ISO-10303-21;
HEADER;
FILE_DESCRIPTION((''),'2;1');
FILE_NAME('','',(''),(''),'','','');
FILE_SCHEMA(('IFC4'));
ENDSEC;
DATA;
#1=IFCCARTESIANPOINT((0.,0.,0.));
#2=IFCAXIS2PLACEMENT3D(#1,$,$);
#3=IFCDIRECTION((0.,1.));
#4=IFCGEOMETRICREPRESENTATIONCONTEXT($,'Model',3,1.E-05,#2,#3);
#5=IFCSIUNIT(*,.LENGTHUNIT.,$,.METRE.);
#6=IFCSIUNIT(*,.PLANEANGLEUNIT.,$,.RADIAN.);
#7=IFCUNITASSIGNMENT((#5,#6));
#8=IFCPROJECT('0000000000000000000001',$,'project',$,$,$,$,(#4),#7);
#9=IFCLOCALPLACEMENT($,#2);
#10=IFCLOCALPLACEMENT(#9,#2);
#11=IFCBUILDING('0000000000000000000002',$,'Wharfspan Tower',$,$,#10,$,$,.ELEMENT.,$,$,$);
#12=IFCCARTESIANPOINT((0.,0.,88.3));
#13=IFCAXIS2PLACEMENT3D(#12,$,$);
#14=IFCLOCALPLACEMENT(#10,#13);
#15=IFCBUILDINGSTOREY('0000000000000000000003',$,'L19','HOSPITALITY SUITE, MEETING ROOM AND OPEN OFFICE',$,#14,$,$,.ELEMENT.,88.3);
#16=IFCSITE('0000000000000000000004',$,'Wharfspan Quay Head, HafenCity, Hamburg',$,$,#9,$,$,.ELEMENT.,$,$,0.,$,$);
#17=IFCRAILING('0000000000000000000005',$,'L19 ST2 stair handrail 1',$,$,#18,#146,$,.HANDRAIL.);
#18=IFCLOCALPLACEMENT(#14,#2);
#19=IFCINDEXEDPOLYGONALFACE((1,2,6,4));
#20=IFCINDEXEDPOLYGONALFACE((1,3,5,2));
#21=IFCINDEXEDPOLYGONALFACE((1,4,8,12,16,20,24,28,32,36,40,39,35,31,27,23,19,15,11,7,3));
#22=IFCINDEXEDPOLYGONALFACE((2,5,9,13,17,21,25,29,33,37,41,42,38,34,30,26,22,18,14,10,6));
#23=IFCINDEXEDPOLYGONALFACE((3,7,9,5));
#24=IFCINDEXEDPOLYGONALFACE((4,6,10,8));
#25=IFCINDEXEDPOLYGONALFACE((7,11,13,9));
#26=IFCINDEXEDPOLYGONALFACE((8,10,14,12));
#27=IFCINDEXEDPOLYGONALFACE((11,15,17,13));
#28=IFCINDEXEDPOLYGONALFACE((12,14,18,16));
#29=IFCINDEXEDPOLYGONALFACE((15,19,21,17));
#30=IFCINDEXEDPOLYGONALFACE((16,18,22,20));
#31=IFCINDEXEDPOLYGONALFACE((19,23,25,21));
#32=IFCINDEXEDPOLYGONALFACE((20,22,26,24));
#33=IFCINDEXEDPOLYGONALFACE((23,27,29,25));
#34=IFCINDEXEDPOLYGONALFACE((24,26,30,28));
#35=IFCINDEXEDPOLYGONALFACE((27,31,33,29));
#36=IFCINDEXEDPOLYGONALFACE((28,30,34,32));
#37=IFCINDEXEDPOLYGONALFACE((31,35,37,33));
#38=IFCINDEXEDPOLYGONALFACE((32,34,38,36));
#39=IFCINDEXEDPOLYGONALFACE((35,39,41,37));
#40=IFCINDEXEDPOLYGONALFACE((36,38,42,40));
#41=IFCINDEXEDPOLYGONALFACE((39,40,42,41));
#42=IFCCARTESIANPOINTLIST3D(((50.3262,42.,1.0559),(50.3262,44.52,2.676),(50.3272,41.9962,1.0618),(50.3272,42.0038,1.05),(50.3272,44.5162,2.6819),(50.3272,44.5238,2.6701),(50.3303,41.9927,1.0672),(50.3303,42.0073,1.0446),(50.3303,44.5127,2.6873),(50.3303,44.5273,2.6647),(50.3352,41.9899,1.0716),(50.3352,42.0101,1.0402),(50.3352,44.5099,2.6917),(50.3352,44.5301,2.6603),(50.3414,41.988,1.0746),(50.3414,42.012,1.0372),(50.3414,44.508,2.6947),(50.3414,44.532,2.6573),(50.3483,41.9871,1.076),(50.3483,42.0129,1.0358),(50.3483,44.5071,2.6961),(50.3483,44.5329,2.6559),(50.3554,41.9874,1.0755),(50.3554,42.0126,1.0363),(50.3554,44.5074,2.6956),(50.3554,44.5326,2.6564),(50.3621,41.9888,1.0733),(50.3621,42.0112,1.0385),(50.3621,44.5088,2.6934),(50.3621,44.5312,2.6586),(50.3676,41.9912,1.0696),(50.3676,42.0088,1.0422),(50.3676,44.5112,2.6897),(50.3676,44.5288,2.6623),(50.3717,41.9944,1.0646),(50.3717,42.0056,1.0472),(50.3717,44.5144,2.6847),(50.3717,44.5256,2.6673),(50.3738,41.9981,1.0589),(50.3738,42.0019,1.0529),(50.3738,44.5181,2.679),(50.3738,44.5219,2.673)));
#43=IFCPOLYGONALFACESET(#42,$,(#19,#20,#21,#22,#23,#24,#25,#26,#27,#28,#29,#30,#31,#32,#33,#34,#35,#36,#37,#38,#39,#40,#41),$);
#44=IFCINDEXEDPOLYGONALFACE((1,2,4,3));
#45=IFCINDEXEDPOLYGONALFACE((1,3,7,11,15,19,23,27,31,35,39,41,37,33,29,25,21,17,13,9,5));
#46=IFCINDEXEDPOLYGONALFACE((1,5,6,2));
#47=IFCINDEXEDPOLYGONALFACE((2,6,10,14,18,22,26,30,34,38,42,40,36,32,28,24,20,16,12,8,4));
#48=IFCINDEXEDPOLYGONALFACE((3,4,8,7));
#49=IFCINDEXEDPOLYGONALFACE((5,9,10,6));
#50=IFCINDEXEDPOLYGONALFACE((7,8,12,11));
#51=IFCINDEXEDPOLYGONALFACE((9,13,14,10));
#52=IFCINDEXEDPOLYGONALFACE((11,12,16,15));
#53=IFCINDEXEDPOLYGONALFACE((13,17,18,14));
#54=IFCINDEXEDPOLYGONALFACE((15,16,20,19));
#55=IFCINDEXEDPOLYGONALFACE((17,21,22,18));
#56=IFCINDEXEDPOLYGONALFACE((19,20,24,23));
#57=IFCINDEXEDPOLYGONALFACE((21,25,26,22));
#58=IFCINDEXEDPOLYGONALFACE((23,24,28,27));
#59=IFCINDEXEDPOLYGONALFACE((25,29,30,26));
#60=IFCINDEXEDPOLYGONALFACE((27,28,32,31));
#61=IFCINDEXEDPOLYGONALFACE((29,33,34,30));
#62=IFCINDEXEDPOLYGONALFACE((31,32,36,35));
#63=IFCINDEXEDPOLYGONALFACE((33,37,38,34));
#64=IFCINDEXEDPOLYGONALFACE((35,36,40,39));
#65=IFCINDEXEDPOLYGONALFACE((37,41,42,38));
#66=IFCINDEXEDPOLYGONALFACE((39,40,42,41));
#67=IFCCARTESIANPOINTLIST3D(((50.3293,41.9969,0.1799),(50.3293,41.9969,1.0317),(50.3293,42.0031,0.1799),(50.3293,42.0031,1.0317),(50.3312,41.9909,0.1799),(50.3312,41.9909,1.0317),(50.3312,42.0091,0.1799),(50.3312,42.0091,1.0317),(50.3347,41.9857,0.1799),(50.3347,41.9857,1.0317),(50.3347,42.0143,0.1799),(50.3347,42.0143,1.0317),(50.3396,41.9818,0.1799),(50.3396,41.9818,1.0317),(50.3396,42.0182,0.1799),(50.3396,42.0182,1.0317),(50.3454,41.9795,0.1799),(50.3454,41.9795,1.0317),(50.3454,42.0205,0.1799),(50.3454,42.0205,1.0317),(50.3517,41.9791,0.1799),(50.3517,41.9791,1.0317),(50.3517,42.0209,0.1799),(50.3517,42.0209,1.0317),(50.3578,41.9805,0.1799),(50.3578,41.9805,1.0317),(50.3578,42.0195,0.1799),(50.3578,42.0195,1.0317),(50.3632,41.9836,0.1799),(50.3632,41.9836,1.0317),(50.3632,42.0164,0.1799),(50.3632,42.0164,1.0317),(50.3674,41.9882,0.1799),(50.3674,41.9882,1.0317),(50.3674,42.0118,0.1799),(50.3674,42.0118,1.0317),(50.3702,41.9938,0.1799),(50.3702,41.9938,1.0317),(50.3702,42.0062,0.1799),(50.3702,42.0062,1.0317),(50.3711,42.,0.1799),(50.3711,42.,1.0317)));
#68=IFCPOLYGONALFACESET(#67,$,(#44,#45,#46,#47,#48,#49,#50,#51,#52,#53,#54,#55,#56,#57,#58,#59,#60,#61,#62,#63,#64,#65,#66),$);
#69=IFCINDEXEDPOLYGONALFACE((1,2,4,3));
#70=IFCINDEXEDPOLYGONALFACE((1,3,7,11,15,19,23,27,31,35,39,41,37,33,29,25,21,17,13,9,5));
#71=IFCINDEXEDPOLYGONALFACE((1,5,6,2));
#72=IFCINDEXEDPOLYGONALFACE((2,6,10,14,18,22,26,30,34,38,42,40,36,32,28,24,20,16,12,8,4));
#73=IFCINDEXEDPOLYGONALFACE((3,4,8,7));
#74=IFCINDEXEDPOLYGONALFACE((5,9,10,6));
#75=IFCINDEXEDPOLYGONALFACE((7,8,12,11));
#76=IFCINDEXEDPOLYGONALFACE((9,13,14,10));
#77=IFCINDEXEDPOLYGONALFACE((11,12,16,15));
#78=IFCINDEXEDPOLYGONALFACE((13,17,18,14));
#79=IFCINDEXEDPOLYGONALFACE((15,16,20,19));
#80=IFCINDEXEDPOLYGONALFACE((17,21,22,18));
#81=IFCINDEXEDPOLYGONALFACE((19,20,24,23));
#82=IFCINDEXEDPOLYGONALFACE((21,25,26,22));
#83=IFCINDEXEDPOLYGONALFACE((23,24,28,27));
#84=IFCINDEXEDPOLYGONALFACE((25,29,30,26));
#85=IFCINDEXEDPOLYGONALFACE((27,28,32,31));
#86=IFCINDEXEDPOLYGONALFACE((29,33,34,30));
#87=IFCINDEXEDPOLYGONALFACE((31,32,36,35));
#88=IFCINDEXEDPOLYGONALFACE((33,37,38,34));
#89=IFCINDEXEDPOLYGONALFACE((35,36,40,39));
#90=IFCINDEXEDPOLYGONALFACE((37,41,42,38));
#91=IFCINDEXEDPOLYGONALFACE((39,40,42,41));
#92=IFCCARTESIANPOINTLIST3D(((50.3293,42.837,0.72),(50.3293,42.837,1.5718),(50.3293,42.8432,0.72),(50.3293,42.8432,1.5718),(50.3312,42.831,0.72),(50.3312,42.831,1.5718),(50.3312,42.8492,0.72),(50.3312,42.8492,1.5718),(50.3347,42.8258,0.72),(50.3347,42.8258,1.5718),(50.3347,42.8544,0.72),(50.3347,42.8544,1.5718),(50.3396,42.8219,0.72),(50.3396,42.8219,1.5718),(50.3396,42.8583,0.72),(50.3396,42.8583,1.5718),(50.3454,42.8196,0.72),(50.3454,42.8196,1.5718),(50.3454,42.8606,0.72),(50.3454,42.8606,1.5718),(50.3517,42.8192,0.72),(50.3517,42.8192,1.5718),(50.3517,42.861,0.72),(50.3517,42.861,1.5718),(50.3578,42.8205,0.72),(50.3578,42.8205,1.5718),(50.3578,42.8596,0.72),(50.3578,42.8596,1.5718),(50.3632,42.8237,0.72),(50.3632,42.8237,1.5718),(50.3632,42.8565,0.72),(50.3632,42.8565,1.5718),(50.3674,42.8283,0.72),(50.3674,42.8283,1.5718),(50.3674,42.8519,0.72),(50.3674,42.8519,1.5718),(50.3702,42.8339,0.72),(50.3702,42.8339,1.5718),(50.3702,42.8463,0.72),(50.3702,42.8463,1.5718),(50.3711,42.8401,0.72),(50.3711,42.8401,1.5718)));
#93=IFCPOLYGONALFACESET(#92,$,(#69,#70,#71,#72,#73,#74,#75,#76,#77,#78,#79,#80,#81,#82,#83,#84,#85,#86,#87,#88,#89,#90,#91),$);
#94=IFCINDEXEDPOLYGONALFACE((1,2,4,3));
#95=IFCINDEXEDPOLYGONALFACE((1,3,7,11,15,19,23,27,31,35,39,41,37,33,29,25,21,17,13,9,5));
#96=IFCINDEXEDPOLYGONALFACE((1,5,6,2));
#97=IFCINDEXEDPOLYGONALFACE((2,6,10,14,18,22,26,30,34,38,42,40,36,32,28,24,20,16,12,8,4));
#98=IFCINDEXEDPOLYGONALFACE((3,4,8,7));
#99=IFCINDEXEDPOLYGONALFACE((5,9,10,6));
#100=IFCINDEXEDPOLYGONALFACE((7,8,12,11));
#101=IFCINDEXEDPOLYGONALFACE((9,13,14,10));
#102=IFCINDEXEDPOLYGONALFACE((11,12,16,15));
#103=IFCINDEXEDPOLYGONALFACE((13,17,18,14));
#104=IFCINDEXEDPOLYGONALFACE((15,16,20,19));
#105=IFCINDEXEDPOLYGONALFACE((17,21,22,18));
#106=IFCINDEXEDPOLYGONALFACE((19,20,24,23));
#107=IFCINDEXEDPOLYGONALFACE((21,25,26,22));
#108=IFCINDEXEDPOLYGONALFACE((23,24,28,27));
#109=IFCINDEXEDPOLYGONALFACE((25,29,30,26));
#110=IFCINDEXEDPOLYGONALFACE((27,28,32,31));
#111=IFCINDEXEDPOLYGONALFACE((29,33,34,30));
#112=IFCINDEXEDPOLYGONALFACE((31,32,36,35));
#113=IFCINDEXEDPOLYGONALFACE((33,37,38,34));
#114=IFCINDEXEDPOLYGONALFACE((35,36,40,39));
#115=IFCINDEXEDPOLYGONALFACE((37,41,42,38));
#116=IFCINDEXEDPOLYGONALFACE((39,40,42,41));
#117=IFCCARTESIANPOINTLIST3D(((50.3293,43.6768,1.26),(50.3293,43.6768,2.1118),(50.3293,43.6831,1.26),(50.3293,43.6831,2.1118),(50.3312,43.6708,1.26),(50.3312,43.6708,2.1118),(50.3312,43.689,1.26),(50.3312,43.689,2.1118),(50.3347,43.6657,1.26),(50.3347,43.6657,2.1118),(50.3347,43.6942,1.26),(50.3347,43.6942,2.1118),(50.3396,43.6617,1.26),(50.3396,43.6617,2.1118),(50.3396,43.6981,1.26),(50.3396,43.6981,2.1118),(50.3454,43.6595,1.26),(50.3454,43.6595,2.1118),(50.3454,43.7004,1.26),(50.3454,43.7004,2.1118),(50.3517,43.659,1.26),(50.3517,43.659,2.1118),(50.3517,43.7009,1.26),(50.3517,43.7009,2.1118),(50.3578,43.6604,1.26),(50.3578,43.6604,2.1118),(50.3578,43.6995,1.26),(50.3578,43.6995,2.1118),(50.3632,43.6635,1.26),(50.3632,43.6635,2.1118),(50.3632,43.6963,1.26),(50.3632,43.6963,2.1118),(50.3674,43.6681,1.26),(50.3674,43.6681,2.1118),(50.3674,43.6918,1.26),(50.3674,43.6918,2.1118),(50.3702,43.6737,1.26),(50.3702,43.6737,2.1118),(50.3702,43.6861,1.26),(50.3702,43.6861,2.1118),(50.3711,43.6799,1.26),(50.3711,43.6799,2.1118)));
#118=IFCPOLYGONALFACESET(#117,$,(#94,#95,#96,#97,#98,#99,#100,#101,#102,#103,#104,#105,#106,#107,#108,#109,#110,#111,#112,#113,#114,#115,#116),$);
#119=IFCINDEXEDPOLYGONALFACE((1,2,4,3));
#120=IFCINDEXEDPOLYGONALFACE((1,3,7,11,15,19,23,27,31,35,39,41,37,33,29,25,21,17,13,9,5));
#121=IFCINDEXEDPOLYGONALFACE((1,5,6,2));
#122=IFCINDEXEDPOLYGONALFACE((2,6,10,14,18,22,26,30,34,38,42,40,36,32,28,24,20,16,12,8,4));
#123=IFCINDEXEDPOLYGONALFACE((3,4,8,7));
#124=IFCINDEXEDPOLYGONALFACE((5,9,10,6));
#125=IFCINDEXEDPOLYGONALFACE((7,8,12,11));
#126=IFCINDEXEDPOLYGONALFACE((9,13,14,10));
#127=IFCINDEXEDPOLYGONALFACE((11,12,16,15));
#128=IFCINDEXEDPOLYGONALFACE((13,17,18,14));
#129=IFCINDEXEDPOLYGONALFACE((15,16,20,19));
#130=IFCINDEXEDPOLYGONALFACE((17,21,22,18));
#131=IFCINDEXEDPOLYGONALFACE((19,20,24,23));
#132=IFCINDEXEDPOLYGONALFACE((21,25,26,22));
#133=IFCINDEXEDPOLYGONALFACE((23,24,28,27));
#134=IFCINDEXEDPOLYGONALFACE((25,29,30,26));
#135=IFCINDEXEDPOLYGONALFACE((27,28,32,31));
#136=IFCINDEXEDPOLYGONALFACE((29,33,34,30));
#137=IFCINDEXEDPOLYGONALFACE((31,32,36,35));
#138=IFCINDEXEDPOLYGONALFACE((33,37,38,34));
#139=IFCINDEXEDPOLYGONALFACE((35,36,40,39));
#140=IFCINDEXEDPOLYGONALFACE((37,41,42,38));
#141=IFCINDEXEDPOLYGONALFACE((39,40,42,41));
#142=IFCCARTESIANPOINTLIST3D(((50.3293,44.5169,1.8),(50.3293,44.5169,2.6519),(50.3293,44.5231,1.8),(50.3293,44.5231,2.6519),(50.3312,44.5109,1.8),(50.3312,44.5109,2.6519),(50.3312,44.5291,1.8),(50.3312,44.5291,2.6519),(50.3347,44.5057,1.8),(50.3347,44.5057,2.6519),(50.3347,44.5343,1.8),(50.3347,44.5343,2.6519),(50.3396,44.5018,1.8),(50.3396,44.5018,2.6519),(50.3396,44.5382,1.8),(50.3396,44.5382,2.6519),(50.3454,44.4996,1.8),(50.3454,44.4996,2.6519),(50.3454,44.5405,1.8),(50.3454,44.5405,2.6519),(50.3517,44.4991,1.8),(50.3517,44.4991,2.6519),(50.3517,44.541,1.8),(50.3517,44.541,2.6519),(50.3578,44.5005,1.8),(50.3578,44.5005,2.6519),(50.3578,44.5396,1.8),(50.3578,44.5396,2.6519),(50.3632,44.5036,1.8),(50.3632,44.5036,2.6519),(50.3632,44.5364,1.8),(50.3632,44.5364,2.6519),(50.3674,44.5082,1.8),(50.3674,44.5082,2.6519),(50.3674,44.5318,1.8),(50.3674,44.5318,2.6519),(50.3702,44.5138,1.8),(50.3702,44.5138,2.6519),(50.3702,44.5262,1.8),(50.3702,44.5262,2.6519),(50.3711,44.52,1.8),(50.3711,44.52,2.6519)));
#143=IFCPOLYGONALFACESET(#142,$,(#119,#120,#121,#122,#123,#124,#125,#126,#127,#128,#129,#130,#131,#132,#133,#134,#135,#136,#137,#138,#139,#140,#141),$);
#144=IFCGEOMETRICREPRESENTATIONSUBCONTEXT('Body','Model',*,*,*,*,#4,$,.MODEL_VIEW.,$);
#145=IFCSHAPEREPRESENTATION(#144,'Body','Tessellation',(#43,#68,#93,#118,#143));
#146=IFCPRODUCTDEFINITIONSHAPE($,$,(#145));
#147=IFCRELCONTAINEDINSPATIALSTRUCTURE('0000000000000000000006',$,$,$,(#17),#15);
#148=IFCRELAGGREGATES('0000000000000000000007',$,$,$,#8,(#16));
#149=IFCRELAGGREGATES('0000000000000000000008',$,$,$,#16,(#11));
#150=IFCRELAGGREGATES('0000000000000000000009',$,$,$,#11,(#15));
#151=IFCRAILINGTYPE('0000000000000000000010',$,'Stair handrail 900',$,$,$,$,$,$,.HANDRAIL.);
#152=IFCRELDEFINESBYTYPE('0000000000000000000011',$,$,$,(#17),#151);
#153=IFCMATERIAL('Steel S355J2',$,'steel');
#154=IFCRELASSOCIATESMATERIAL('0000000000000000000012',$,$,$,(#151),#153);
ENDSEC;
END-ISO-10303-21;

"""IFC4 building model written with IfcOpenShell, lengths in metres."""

from ifc_helpers import new_model, si_unit, direction, frame, origin, origin_2d, place, context, subcontext, project, spatial, circle, extrude, material, type_object, element, save


model = new_model("IFC4")

# Units and contexts
model_context = context("Model", 3, precision=1e-05, world=origin(), true_north=direction((0.0, 1.0)))
body_context = subcontext(model_context, "Body", "Model", "MODEL_VIEW")
ifc_project = project(units=[si_unit("LENGTHUNIT", "METRE"), si_unit("PLANEANGLEUNIT", "RADIAN")], contexts=[model_context])

# Site, building, storey
site_placement = place(None, origin())
site = spatial("IfcSite", under=ifc_project, at=site_placement, Name="Wharfspan Quay Head, HafenCity, Hamburg", CompositionType="ELEMENT", RefElevation=0.0)
building_placement = place(site_placement, origin())
building = spatial("IfcBuilding", under=site, at=building_placement, Name="Wharfspan Tower", CompositionType="ELEMENT")
storey_placement = place(building_placement, frame((0.0, 0.0, 88.3)))
storey = spatial("IfcBuildingStorey", under=building, at=storey_placement, Name="L19", Description="HOSPITALITY SUITE, MEETING ROOM AND OPEN OFFICE", CompositionType="ELEMENT", Elevation=88.3)

# Shared definitions
ifc_material_1 = material(Name="Steel S355J2", Category="steel")

# Railing
railing_type_1 = type_object("IfcRailingType", Name="Stair handrail 900", PredefinedType="HANDRAIL", material=ifc_material_1)
railing_1_placement = place(storey_placement, frame((50.3501, 42.0, 0.1799)))
element("IfcRailing", 1, at=railing_1_placement, inside=storey, type_object=railing_type_1, Name="L19 ST2 stair handrail 1", PredefinedType="HANDRAIL", context=body_context, shape_type="SweptSolid", body=[
    extrude(circle(Radius=0.0239, at=origin_2d()), frame((0.0, 0.0, 0.876), z_axis=(0.0, 0.841163, 0.540782), x_axis=(-1.0, 0.0, 0.0)), (0.0, 0.0, 1.0), 2.9958),
    extrude(circle(Radius=0.021, at=origin_2d()), origin(), (0.0, 0.0, 1.0), 0.8518),
    extrude(circle(Radius=0.021, at=origin_2d()), frame((0.0, 0.8401, 0.54)), (0.0, 0.0, 1.0), 0.8518),
    extrude(circle(Radius=0.021, at=origin_2d()), frame((0.0, 1.6799, 1.0801)), (0.0, 0.0, 1.0), 0.8518),
    extrude(circle(Radius=0.021, at=origin_2d()), frame((0.0, 2.52, 1.6201)), (0.0, 0.0, 1.0), 0.8518),
])

save(model, "model.ifc")
